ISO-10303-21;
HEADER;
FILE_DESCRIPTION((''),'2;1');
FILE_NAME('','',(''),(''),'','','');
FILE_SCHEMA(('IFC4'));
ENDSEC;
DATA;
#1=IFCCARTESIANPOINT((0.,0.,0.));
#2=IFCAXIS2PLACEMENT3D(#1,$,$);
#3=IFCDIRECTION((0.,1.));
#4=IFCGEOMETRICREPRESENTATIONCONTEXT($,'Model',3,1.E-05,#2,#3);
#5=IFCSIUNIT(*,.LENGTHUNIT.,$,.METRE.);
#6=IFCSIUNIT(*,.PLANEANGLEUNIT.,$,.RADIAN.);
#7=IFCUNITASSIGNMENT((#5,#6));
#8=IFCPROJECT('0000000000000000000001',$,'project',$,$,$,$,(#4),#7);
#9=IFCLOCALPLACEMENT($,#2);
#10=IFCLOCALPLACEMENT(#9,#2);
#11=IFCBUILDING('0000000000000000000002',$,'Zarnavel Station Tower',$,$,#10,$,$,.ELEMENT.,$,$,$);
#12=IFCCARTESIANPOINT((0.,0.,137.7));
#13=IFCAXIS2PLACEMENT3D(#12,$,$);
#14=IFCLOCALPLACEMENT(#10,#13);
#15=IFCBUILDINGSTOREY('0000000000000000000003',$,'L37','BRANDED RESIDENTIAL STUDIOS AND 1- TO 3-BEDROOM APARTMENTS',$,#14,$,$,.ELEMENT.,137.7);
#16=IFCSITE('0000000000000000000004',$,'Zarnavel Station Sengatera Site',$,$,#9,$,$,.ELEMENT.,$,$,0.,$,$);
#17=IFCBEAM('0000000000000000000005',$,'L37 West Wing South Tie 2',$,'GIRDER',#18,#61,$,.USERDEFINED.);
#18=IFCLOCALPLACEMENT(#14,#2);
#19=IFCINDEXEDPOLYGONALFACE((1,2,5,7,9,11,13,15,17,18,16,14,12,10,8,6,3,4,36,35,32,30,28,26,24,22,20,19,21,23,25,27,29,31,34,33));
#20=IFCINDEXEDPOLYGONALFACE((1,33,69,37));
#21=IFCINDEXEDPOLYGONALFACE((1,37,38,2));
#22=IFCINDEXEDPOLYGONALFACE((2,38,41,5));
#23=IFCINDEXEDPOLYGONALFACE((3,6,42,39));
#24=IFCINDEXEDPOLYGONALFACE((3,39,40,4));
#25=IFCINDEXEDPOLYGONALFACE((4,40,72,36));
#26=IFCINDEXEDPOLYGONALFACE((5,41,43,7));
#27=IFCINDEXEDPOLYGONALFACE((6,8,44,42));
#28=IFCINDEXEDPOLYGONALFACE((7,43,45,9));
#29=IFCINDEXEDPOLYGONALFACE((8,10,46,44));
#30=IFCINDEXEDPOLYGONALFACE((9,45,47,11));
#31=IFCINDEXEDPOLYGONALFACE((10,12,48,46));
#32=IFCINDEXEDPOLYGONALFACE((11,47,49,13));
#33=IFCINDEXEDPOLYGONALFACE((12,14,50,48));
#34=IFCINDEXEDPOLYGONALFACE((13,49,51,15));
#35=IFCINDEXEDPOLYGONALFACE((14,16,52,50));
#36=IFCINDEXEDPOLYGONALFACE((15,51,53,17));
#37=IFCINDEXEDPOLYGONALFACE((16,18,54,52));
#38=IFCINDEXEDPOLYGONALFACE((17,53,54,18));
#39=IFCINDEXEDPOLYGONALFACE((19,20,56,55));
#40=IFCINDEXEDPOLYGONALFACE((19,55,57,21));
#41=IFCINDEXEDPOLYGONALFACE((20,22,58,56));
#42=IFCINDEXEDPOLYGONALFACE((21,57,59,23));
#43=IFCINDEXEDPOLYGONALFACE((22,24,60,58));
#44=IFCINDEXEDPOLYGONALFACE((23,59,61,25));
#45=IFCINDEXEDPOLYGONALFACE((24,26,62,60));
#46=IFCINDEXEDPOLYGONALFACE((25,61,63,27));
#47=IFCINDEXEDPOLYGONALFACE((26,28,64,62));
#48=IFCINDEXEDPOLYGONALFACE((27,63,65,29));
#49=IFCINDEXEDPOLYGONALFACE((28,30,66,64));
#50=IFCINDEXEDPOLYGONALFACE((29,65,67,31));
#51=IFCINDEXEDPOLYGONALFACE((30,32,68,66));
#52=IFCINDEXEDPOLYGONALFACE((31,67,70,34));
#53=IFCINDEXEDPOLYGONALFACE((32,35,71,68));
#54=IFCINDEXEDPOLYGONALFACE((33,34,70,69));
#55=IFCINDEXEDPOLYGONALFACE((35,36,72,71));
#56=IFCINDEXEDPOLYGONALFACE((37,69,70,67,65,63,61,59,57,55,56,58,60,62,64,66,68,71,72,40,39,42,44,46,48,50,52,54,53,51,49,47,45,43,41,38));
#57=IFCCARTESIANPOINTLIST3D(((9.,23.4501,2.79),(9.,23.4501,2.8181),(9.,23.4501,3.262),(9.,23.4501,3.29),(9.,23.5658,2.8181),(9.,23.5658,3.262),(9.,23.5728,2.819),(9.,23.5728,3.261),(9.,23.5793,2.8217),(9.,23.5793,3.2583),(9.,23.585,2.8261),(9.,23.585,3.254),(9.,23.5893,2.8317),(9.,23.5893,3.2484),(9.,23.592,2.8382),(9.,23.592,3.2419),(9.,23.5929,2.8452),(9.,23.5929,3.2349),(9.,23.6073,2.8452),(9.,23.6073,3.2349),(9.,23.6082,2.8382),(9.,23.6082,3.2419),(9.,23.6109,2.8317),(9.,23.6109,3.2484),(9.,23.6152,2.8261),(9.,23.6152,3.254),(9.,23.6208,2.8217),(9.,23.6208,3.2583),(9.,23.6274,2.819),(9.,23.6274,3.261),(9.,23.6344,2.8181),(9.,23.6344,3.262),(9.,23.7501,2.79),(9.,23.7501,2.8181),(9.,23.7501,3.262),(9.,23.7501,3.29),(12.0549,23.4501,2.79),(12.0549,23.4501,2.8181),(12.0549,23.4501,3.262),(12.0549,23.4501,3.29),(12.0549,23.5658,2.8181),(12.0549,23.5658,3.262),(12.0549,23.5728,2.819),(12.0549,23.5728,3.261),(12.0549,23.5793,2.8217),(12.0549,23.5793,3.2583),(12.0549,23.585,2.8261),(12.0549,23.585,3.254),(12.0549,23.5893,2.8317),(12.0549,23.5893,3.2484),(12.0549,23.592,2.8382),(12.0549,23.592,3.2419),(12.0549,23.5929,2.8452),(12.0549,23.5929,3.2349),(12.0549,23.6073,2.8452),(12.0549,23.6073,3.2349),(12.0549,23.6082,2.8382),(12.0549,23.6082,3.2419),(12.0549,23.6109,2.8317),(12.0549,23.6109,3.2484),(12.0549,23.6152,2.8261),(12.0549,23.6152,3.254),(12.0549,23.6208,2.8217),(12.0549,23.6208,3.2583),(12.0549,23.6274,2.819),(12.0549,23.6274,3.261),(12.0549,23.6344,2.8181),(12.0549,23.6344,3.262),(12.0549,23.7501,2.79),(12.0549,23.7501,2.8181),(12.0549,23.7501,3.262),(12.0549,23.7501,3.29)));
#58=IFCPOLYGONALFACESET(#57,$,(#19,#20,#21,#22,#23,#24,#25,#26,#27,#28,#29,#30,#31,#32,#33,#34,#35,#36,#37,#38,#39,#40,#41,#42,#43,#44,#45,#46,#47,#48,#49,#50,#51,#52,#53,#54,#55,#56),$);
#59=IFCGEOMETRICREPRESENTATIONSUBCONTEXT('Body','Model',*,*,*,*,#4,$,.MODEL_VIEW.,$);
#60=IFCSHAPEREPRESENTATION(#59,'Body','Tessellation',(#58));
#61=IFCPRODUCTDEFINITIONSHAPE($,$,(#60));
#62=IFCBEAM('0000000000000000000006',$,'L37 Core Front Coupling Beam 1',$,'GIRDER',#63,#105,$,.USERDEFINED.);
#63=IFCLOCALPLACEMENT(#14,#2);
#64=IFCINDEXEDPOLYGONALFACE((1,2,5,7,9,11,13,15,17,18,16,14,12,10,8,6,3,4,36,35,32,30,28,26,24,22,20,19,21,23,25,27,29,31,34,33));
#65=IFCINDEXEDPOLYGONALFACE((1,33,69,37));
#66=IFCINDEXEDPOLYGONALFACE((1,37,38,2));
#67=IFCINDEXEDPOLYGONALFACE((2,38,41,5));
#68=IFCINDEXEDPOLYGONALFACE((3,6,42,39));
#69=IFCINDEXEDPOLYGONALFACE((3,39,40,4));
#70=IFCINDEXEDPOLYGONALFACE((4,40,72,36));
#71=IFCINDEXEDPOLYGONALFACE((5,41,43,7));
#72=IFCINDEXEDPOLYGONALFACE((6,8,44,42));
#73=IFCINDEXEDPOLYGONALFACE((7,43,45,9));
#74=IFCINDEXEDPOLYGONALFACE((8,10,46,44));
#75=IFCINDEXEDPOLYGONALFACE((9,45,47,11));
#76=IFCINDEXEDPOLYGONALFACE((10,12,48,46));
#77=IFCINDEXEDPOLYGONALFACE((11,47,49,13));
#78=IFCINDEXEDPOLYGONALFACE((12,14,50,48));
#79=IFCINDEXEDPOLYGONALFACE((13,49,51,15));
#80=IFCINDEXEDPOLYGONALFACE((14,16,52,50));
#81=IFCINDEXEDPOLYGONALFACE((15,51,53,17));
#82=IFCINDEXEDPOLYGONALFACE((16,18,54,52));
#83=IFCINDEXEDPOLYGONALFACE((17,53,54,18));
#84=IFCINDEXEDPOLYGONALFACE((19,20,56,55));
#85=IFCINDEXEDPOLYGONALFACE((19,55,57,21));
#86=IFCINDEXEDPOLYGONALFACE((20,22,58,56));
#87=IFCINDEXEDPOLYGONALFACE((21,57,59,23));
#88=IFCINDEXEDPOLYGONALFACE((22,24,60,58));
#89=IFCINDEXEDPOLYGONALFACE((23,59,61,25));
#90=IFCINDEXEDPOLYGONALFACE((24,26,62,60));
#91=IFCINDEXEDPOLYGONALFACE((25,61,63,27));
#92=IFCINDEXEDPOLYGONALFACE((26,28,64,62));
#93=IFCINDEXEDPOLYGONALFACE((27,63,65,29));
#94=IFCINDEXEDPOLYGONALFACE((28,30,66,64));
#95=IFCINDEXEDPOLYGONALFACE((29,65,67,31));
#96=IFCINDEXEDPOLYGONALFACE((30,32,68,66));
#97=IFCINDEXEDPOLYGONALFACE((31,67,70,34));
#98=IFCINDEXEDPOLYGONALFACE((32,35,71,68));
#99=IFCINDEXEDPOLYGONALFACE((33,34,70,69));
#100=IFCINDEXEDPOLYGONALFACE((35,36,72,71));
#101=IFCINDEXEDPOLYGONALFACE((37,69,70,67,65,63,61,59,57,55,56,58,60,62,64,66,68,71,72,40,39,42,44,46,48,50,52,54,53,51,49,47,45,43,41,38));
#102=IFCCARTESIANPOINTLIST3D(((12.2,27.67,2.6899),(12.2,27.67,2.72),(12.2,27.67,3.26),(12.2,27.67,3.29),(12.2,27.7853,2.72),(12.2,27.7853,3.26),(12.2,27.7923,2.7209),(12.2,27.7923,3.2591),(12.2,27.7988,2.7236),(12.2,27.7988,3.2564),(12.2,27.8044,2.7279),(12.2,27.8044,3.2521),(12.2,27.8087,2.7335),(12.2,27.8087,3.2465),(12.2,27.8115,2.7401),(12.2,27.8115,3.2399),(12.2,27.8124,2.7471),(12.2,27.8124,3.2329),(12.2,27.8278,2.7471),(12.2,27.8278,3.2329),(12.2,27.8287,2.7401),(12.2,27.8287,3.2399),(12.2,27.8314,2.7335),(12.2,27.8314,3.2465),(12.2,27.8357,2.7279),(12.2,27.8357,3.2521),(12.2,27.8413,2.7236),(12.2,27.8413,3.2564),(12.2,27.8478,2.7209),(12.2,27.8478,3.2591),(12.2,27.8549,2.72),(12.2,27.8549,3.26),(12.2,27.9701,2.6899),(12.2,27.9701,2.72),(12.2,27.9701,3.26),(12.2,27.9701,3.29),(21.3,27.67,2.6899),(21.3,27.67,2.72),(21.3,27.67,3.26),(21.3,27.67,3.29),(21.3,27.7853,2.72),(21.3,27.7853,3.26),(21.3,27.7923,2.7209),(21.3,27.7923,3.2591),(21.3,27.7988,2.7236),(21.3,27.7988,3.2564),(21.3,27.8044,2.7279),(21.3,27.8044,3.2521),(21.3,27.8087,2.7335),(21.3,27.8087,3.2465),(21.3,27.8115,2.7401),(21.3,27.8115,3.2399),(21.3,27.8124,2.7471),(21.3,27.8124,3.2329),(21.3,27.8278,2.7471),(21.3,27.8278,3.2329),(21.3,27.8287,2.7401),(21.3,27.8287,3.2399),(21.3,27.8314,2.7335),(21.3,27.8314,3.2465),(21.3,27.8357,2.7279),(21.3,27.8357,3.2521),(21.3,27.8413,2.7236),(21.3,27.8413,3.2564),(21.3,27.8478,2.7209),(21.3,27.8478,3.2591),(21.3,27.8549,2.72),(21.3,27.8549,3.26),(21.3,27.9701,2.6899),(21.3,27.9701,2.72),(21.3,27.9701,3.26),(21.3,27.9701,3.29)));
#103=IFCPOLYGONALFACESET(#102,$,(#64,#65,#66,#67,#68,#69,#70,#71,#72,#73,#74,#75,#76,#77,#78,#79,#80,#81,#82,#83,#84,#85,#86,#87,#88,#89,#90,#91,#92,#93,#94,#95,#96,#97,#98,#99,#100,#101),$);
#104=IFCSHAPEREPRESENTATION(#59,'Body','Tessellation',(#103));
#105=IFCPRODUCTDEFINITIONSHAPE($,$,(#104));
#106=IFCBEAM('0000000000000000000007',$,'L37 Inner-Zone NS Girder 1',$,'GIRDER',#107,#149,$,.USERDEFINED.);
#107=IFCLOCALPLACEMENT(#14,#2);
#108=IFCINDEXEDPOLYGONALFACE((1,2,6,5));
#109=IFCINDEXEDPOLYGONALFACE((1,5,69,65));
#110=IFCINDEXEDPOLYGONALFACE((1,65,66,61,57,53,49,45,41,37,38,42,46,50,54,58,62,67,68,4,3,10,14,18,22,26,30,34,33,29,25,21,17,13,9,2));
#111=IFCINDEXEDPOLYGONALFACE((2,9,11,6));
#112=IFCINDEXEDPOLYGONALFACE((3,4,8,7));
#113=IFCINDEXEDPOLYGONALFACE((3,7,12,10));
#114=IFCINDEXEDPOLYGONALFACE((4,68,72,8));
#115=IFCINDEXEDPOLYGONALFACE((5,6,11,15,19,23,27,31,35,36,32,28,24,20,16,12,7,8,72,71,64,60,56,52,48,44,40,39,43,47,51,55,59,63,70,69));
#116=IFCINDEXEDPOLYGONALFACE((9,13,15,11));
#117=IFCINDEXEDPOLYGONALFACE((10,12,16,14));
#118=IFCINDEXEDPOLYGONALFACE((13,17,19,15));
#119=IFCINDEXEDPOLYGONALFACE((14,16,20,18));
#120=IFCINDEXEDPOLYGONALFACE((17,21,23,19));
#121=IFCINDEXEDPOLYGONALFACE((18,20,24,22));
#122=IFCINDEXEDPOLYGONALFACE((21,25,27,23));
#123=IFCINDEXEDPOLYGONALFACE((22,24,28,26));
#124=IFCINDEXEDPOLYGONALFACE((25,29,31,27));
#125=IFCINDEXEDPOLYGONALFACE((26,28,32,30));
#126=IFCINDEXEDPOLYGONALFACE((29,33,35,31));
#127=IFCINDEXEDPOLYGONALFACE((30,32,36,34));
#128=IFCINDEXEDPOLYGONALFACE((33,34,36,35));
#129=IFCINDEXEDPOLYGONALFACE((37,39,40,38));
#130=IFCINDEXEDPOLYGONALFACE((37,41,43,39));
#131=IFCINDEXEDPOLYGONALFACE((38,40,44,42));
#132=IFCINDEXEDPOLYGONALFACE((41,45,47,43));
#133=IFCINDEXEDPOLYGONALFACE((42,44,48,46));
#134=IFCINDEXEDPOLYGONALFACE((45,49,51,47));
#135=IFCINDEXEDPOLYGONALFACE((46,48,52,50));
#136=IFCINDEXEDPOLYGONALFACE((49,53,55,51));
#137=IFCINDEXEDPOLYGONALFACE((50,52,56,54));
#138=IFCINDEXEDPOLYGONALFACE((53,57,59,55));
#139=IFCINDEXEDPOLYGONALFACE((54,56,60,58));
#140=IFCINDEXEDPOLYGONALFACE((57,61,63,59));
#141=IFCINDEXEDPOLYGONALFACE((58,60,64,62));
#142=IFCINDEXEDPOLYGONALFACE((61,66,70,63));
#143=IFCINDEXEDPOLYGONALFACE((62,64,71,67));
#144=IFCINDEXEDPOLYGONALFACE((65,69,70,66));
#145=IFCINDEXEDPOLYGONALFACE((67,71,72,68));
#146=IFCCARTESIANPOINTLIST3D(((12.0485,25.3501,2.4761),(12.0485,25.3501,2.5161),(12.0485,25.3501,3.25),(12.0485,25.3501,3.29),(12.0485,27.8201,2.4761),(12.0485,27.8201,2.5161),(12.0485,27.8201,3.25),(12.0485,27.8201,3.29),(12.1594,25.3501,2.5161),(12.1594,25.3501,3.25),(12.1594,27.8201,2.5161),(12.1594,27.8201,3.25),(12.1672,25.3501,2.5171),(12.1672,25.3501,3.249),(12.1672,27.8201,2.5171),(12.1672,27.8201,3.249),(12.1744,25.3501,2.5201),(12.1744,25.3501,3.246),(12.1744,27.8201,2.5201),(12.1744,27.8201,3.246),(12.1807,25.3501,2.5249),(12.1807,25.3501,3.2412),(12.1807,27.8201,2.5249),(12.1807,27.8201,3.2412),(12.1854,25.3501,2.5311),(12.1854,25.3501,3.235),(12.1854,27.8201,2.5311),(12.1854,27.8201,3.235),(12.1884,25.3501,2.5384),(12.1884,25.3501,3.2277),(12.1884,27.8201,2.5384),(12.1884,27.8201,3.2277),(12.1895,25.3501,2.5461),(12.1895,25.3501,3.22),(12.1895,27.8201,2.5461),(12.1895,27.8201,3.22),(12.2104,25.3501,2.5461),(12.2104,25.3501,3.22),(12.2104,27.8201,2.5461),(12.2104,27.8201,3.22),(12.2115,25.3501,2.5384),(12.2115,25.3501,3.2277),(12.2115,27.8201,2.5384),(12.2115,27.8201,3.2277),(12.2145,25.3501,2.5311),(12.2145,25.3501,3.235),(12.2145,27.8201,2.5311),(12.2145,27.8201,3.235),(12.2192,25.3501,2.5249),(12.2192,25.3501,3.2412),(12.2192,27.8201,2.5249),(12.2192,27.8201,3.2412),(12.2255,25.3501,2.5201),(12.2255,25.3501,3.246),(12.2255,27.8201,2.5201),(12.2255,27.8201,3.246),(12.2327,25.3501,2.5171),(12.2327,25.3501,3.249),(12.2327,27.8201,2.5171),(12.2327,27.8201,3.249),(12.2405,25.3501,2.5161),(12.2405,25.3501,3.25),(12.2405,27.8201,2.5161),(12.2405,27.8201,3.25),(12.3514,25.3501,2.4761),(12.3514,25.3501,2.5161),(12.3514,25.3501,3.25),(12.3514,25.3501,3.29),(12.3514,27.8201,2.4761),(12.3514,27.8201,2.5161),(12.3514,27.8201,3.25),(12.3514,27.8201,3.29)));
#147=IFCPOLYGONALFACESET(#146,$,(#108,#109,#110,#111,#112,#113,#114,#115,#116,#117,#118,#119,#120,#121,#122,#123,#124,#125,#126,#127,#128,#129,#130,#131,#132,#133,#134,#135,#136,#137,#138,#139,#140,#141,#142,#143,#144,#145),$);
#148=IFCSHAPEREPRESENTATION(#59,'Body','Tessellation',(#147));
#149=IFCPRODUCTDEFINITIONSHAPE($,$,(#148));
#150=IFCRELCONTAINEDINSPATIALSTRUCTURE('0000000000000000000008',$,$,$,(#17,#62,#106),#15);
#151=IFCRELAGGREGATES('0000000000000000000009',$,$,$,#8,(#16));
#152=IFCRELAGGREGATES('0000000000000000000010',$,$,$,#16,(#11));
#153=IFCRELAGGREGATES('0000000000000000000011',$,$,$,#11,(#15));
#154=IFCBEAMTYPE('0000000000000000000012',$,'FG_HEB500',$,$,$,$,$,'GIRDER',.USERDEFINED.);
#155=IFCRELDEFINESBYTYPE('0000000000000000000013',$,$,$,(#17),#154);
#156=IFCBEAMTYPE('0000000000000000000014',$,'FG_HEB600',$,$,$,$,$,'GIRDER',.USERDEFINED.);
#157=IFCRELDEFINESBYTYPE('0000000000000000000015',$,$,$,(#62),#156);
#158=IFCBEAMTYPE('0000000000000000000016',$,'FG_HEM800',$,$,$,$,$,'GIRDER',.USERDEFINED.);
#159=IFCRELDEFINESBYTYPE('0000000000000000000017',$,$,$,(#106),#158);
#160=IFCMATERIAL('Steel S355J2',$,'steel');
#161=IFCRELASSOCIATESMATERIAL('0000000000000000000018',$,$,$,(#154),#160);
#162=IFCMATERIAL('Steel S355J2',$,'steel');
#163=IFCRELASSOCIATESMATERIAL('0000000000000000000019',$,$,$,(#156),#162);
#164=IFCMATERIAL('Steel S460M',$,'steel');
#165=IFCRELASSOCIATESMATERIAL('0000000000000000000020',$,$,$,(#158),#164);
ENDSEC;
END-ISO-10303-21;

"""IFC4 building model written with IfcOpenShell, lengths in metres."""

from ifc_helpers import new_model, si_unit, direction, frame, origin, origin_2d, place, context, subcontext, project, spatial, i_section, extrude, material, material_profile, profile_set, type_object, element, save


model = new_model("IFC4")

# Units and contexts
model_context = context("Model", 3, precision=1e-05, world=origin(), true_north=direction((0.0, 1.0)))
body_context = subcontext(model_context, "Body", "Model", "MODEL_VIEW")
ifc_project = project(units=[si_unit("LENGTHUNIT", "METRE"), si_unit("PLANEANGLEUNIT", "RADIAN")], contexts=[model_context])

# Site, building, storey
site_placement = place(None, origin())
site = spatial("IfcSite", under=ifc_project, at=site_placement, Name="Zarnavel Station Sengatera Site", CompositionType="ELEMENT", RefElevation=0.0)
building_placement = place(site_placement, origin())
building = spatial("IfcBuilding", under=site, at=building_placement, Name="Zarnavel Station Tower", CompositionType="ELEMENT")
storey_placement = place(building_placement, frame((0.0, 0.0, 137.7)))
storey = spatial("IfcBuildingStorey", under=building, at=storey_placement, Name="L37", Description="BRANDED RESIDENTIAL STUDIOS AND 1- TO 3-BEDROOM APARTMENTS", CompositionType="ELEMENT", Elevation=137.7)

# Beams
ifc_material_1 = material(Name="Steel S355J2", Category="steel")
ifc_material_profile_1 = material_profile(ifc_material_1, i_section(OverallWidth=0.3, OverallDepth=0.5, WebThickness=0.0144, FlangeThickness=0.0281, FilletRadius=0.0271, at=origin_2d()), Name="HEB500")
ifc_profile_set_1 = profile_set([ifc_material_profile_1], Name="Steel S355J2")
beam_type_1 = type_object("IfcBeamType", Name="FG_HEB500", ElementType="GIRDER", PredefinedType="USERDEFINED", material=ifc_profile_set_1)
beam_1_placement = place(storey_placement, frame((9.0, 23.6001, 3.04), z_axis=(1.0, 0.0, 0.0), x_axis=(0.0, 1.0, 0.0)))
element("IfcBeam", 1, at=beam_1_placement, inside=storey, type_object=beam_type_1, Name="L37 West Wing South Tie 2", ObjectType="GIRDER", PredefinedType="USERDEFINED", context=body_context, shape_type="SweptSolid", body=[
    extrude(i_section(OverallWidth=0.3, OverallDepth=0.5, WebThickness=0.0144, FlangeThickness=0.0281, FilletRadius=0.0271, at=origin_2d()), origin(), (0.0, 0.0, 1.0), 3.0549),
])
ifc_material_2 = material(Name="Steel S355J2", Category="steel")
ifc_material_profile_2 = material_profile(ifc_material_2, i_section(OverallWidth=0.3, OverallDepth=0.6001, WebThickness=0.0154, FlangeThickness=0.03, FilletRadius=0.0271, at=origin_2d()), Name="HEB600")
ifc_profile_set_2 = profile_set([ifc_material_profile_2], Name="Steel S355J2")
beam_type_2 = type_object("IfcBeamType", Name="FG_HEB600", ElementType="GIRDER", PredefinedType="USERDEFINED", material=ifc_profile_set_2)
beam_2_placement = place(storey_placement, frame((12.2, 27.8201, 2.99), z_axis=(1.0, 0.0, 0.0), x_axis=(0.0, 1.0, 0.0)))
element("IfcBeam", 2, at=beam_2_placement, inside=storey, type_object=beam_type_2, Name="L37 Core Front Coupling Beam 1", ObjectType="GIRDER", PredefinedType="USERDEFINED", context=body_context, shape_type="SweptSolid", body=[
    extrude(i_section(OverallWidth=0.3, OverallDepth=0.6001, WebThickness=0.0154, FlangeThickness=0.03, FilletRadius=0.0271, at=origin_2d()), origin(), (0.0, 0.0, 1.0), 9.1001),
])
ifc_material_3 = material(Name="Steel S460M", Category="steel")
ifc_material_profile_3 = material_profile(ifc_material_3, i_section(OverallWidth=0.303, OverallDepth=0.814, WebThickness=0.021, FlangeThickness=0.04, FilletRadius=0.03, at=origin_2d()), Name="HEM800")
ifc_profile_set_3 = profile_set([ifc_material_profile_3], Name="Steel S460M")
beam_type_3 = type_object("IfcBeamType", Name="FG_HEM800", ElementType="GIRDER", PredefinedType="USERDEFINED", material=ifc_profile_set_3)
beam_3_placement = place(storey_placement, frame((12.2, 25.3501, 2.8831), z_axis=(0.0, 1.0, 0.0), x_axis=(-1.0, 0.0, 0.0)))
element("IfcBeam", 3, at=beam_3_placement, inside=storey, type_object=beam_type_3, Name="L37 Inner-Zone NS Girder 1", ObjectType="GIRDER", PredefinedType="USERDEFINED", context=body_context, shape_type="SweptSolid", body=[
    extrude(i_section(OverallWidth=0.303, OverallDepth=0.814, WebThickness=0.021, FlangeThickness=0.04, FilletRadius=0.03, at=origin_2d()), origin(), (0.0, 0.0, 1.0), 2.47),
])

save(model, "model.ifc")
